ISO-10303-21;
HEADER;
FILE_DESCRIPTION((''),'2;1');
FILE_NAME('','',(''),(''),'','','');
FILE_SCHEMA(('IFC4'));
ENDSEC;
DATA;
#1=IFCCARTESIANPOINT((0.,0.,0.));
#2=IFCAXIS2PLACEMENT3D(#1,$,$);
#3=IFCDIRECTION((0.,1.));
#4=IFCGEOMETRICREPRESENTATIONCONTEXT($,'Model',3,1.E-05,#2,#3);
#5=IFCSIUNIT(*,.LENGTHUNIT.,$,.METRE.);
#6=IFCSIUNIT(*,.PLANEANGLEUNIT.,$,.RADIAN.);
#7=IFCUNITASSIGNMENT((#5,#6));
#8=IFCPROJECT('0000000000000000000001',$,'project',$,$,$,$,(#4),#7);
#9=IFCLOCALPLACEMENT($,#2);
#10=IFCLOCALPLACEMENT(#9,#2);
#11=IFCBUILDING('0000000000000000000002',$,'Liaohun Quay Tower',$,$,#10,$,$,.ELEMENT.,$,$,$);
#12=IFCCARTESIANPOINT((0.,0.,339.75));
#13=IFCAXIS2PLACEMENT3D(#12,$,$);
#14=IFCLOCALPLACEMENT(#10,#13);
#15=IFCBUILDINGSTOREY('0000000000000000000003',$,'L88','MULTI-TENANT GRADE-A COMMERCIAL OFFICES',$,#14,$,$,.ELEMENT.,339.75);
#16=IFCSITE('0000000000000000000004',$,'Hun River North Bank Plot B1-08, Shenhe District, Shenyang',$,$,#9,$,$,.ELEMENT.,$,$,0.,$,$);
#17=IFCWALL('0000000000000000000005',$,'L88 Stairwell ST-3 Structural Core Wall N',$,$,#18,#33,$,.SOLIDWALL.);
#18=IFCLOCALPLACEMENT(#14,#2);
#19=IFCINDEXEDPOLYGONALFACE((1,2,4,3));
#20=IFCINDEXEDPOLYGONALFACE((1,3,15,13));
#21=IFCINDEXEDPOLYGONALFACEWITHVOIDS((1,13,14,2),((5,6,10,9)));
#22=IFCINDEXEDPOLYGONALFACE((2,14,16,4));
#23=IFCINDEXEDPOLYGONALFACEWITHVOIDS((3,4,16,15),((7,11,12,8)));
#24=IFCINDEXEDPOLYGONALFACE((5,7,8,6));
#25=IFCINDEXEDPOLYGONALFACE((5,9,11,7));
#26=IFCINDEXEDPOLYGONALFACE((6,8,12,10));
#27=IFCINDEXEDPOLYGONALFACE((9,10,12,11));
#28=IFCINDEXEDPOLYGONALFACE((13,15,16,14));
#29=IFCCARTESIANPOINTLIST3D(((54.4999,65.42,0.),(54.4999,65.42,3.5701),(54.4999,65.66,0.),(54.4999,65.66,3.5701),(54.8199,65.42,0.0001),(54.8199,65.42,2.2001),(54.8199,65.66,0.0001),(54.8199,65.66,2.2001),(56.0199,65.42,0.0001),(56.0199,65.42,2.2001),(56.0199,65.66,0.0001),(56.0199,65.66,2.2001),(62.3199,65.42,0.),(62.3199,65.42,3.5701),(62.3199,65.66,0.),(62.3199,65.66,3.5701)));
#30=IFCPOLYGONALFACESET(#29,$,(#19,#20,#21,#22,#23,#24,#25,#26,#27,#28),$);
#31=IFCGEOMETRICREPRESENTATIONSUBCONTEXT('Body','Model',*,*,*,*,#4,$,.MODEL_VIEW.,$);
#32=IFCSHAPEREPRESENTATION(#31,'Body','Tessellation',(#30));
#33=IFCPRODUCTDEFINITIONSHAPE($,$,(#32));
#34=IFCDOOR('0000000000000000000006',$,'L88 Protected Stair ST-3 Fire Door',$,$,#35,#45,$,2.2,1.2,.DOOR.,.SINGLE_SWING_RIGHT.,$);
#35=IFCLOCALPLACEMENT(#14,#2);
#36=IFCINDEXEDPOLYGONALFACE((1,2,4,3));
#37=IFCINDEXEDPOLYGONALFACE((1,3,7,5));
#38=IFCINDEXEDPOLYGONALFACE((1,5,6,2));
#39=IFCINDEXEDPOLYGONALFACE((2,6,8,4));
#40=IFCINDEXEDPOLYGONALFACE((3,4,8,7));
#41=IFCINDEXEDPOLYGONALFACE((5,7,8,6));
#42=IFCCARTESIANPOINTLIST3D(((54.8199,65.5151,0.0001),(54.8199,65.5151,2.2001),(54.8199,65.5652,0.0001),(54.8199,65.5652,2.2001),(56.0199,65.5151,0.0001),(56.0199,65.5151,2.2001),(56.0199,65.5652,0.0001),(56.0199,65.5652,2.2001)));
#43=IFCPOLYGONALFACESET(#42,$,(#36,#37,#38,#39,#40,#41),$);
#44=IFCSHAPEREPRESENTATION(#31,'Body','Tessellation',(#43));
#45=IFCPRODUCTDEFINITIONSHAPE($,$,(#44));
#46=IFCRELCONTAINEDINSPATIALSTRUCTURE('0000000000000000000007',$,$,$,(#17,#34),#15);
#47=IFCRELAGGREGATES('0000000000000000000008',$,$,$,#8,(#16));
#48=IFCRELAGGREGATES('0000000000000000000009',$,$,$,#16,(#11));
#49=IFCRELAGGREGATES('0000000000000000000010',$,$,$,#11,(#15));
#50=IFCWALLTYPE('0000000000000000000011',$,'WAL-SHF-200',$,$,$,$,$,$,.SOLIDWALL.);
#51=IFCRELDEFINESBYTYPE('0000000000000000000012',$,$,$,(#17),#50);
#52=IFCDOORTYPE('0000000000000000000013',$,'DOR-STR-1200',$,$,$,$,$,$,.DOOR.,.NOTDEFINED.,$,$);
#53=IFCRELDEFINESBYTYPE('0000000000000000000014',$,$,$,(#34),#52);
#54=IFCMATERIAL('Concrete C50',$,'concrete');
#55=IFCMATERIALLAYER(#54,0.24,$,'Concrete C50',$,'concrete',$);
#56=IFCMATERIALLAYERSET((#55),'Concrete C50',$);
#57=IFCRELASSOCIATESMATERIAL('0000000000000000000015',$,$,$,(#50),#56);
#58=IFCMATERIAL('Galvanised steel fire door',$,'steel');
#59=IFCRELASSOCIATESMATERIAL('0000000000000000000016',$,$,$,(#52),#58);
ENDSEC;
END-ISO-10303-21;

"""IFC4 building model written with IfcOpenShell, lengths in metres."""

from ifc_helpers import new_model, si_unit, direction, frame, frame_2d, origin, place, context, subcontext, project, spatial, rectangle, extrude, source, transform, mapped, material, layer, layer_set, type_object, element, fill, save


model = new_model("IFC4")

# Units and contexts
model_context = context("Model", 3, precision=1e-05, world=origin(), true_north=direction((0.0, 1.0)))
body_context = subcontext(model_context, "Body", "Model", "MODEL_VIEW")
ifc_project = project(units=[si_unit("LENGTHUNIT", "METRE"), si_unit("PLANEANGLEUNIT", "RADIAN")], contexts=[model_context])

# Site, building, storey
site_placement = place(None, origin())
site = spatial("IfcSite", under=ifc_project, at=site_placement, Name="Hun River North Bank Plot B1-08, Shenhe District, Shenyang", CompositionType="ELEMENT", RefElevation=0.0)
building_placement = place(site_placement, origin())
building = spatial("IfcBuilding", under=site, at=building_placement, Name="Liaohun Quay Tower", CompositionType="ELEMENT")
storey_placement = place(building_placement, frame((0.0, 0.0, 339.75)))
storey = spatial("IfcBuildingStorey", under=building, at=storey_placement, Name="L88", Description="MULTI-TENANT GRADE-A COMMERCIAL OFFICES", CompositionType="ELEMENT", Elevation=339.75)

# Shared definitions
ifc_material_1 = material(Name="Concrete C50", Category="concrete")

# Shared definitions
ifc_layer_1 = layer(ifc_material_1, 0.24, Name="Concrete C50", Category="concrete")
ifc_layer_set_1 = layer_set([ifc_layer_1], Name="Concrete C50")
wall_type_1 = type_object("IfcWallType", Name="WAL-SHF-200", PredefinedType="SOLIDWALL", material=ifc_layer_set_1)

# Wall, opening, door
wall_1_placement = place(storey_placement, frame((62.3201, 65.54, 0.0), z_axis=(0.0, 0.0, 1.0), x_axis=(-1.0, 0.0, 0.0)))
wall_1 = element("IfcWall", 1, at=wall_1_placement, inside=storey, type_object=wall_type_1, Name="L88 Stairwell ST-3 Structural Core Wall N", PredefinedType="SOLIDWALL", context=body_context, shape_type="SweptSolid", body=[
    extrude(rectangle(XDim=7.8201, YDim=0.24, at=frame_2d((3.9102, 0.0))), origin(), (0.0, 0.0, 1.0), 3.5701),
])
shared_shape_1 = source(origin(), body_context, "Body", "SweptSolid", [
    extrude(rectangle(XDim=1.2, YDim=2.2, at=frame_2d((0.6001, 1.1001))), frame((0.0, 0.1299, 0.0), z_axis=(0.0, -1.0, 0.0), x_axis=(1.0, 0.0, 0.0)), (0.0, 0.0, 1.0), 0.26),
])
opening_1_placement = place(wall_1_placement, frame((6.3, 0.0, 0.0)))
opening_1 = element("IfcOpeningElement", 2, at=opening_1_placement, cuts=wall_1, PredefinedType="OPENING", context=body_context, shape_type="MappedRepresentation", body=[
    mapped(shared_shape_1, transform((0.0, 0.0, 0.0), x_axis=(1.0, 0.0, 0.0), y_axis=(0.0, 1.0, 0.0), z_axis=(0.0, 0.0, 1.0), scale=1.0)),
])
ifc_material_2 = material(Name="Galvanised steel fire door", Category="steel")
door_type_1 = type_object("IfcDoorType", Name="DOR-STR-1200", OperationType="NOTDEFINED", PredefinedType="DOOR", material=ifc_material_2)
shared_shape_2 = source(origin(), body_context, "Body", "SweptSolid", [
    extrude(rectangle(XDim=1.2, YDim=2.2, at=frame_2d((0.6001, 1.1001))), frame((0.0, 0.0249, 0.0), z_axis=(0.0, -1.0, 0.0), x_axis=(1.0, 0.0, 0.0)), (0.0, 0.0, 1.0), 0.05),
])
door_1_placement = place(opening_1_placement, origin())
door_1 = element("IfcDoor", 3, at=door_1_placement, inside=storey, type_object=door_type_1, Name="L88 Protected Stair ST-3 Fire Door", OperationType="SINGLE_SWING_RIGHT", OverallHeight=2.2, OverallWidth=1.2, PredefinedType="DOOR", context=body_context, shape_type="MappedRepresentation", body=[
    mapped(shared_shape_2, transform((0.0, 0.0, 0.0), x_axis=(1.0, 0.0, 0.0), y_axis=(0.0, 1.0, 0.0), z_axis=(0.0, 0.0, 1.0), scale=1.0)),
])
fill(opening_1, door_1)

save(model, "model.ifc")
